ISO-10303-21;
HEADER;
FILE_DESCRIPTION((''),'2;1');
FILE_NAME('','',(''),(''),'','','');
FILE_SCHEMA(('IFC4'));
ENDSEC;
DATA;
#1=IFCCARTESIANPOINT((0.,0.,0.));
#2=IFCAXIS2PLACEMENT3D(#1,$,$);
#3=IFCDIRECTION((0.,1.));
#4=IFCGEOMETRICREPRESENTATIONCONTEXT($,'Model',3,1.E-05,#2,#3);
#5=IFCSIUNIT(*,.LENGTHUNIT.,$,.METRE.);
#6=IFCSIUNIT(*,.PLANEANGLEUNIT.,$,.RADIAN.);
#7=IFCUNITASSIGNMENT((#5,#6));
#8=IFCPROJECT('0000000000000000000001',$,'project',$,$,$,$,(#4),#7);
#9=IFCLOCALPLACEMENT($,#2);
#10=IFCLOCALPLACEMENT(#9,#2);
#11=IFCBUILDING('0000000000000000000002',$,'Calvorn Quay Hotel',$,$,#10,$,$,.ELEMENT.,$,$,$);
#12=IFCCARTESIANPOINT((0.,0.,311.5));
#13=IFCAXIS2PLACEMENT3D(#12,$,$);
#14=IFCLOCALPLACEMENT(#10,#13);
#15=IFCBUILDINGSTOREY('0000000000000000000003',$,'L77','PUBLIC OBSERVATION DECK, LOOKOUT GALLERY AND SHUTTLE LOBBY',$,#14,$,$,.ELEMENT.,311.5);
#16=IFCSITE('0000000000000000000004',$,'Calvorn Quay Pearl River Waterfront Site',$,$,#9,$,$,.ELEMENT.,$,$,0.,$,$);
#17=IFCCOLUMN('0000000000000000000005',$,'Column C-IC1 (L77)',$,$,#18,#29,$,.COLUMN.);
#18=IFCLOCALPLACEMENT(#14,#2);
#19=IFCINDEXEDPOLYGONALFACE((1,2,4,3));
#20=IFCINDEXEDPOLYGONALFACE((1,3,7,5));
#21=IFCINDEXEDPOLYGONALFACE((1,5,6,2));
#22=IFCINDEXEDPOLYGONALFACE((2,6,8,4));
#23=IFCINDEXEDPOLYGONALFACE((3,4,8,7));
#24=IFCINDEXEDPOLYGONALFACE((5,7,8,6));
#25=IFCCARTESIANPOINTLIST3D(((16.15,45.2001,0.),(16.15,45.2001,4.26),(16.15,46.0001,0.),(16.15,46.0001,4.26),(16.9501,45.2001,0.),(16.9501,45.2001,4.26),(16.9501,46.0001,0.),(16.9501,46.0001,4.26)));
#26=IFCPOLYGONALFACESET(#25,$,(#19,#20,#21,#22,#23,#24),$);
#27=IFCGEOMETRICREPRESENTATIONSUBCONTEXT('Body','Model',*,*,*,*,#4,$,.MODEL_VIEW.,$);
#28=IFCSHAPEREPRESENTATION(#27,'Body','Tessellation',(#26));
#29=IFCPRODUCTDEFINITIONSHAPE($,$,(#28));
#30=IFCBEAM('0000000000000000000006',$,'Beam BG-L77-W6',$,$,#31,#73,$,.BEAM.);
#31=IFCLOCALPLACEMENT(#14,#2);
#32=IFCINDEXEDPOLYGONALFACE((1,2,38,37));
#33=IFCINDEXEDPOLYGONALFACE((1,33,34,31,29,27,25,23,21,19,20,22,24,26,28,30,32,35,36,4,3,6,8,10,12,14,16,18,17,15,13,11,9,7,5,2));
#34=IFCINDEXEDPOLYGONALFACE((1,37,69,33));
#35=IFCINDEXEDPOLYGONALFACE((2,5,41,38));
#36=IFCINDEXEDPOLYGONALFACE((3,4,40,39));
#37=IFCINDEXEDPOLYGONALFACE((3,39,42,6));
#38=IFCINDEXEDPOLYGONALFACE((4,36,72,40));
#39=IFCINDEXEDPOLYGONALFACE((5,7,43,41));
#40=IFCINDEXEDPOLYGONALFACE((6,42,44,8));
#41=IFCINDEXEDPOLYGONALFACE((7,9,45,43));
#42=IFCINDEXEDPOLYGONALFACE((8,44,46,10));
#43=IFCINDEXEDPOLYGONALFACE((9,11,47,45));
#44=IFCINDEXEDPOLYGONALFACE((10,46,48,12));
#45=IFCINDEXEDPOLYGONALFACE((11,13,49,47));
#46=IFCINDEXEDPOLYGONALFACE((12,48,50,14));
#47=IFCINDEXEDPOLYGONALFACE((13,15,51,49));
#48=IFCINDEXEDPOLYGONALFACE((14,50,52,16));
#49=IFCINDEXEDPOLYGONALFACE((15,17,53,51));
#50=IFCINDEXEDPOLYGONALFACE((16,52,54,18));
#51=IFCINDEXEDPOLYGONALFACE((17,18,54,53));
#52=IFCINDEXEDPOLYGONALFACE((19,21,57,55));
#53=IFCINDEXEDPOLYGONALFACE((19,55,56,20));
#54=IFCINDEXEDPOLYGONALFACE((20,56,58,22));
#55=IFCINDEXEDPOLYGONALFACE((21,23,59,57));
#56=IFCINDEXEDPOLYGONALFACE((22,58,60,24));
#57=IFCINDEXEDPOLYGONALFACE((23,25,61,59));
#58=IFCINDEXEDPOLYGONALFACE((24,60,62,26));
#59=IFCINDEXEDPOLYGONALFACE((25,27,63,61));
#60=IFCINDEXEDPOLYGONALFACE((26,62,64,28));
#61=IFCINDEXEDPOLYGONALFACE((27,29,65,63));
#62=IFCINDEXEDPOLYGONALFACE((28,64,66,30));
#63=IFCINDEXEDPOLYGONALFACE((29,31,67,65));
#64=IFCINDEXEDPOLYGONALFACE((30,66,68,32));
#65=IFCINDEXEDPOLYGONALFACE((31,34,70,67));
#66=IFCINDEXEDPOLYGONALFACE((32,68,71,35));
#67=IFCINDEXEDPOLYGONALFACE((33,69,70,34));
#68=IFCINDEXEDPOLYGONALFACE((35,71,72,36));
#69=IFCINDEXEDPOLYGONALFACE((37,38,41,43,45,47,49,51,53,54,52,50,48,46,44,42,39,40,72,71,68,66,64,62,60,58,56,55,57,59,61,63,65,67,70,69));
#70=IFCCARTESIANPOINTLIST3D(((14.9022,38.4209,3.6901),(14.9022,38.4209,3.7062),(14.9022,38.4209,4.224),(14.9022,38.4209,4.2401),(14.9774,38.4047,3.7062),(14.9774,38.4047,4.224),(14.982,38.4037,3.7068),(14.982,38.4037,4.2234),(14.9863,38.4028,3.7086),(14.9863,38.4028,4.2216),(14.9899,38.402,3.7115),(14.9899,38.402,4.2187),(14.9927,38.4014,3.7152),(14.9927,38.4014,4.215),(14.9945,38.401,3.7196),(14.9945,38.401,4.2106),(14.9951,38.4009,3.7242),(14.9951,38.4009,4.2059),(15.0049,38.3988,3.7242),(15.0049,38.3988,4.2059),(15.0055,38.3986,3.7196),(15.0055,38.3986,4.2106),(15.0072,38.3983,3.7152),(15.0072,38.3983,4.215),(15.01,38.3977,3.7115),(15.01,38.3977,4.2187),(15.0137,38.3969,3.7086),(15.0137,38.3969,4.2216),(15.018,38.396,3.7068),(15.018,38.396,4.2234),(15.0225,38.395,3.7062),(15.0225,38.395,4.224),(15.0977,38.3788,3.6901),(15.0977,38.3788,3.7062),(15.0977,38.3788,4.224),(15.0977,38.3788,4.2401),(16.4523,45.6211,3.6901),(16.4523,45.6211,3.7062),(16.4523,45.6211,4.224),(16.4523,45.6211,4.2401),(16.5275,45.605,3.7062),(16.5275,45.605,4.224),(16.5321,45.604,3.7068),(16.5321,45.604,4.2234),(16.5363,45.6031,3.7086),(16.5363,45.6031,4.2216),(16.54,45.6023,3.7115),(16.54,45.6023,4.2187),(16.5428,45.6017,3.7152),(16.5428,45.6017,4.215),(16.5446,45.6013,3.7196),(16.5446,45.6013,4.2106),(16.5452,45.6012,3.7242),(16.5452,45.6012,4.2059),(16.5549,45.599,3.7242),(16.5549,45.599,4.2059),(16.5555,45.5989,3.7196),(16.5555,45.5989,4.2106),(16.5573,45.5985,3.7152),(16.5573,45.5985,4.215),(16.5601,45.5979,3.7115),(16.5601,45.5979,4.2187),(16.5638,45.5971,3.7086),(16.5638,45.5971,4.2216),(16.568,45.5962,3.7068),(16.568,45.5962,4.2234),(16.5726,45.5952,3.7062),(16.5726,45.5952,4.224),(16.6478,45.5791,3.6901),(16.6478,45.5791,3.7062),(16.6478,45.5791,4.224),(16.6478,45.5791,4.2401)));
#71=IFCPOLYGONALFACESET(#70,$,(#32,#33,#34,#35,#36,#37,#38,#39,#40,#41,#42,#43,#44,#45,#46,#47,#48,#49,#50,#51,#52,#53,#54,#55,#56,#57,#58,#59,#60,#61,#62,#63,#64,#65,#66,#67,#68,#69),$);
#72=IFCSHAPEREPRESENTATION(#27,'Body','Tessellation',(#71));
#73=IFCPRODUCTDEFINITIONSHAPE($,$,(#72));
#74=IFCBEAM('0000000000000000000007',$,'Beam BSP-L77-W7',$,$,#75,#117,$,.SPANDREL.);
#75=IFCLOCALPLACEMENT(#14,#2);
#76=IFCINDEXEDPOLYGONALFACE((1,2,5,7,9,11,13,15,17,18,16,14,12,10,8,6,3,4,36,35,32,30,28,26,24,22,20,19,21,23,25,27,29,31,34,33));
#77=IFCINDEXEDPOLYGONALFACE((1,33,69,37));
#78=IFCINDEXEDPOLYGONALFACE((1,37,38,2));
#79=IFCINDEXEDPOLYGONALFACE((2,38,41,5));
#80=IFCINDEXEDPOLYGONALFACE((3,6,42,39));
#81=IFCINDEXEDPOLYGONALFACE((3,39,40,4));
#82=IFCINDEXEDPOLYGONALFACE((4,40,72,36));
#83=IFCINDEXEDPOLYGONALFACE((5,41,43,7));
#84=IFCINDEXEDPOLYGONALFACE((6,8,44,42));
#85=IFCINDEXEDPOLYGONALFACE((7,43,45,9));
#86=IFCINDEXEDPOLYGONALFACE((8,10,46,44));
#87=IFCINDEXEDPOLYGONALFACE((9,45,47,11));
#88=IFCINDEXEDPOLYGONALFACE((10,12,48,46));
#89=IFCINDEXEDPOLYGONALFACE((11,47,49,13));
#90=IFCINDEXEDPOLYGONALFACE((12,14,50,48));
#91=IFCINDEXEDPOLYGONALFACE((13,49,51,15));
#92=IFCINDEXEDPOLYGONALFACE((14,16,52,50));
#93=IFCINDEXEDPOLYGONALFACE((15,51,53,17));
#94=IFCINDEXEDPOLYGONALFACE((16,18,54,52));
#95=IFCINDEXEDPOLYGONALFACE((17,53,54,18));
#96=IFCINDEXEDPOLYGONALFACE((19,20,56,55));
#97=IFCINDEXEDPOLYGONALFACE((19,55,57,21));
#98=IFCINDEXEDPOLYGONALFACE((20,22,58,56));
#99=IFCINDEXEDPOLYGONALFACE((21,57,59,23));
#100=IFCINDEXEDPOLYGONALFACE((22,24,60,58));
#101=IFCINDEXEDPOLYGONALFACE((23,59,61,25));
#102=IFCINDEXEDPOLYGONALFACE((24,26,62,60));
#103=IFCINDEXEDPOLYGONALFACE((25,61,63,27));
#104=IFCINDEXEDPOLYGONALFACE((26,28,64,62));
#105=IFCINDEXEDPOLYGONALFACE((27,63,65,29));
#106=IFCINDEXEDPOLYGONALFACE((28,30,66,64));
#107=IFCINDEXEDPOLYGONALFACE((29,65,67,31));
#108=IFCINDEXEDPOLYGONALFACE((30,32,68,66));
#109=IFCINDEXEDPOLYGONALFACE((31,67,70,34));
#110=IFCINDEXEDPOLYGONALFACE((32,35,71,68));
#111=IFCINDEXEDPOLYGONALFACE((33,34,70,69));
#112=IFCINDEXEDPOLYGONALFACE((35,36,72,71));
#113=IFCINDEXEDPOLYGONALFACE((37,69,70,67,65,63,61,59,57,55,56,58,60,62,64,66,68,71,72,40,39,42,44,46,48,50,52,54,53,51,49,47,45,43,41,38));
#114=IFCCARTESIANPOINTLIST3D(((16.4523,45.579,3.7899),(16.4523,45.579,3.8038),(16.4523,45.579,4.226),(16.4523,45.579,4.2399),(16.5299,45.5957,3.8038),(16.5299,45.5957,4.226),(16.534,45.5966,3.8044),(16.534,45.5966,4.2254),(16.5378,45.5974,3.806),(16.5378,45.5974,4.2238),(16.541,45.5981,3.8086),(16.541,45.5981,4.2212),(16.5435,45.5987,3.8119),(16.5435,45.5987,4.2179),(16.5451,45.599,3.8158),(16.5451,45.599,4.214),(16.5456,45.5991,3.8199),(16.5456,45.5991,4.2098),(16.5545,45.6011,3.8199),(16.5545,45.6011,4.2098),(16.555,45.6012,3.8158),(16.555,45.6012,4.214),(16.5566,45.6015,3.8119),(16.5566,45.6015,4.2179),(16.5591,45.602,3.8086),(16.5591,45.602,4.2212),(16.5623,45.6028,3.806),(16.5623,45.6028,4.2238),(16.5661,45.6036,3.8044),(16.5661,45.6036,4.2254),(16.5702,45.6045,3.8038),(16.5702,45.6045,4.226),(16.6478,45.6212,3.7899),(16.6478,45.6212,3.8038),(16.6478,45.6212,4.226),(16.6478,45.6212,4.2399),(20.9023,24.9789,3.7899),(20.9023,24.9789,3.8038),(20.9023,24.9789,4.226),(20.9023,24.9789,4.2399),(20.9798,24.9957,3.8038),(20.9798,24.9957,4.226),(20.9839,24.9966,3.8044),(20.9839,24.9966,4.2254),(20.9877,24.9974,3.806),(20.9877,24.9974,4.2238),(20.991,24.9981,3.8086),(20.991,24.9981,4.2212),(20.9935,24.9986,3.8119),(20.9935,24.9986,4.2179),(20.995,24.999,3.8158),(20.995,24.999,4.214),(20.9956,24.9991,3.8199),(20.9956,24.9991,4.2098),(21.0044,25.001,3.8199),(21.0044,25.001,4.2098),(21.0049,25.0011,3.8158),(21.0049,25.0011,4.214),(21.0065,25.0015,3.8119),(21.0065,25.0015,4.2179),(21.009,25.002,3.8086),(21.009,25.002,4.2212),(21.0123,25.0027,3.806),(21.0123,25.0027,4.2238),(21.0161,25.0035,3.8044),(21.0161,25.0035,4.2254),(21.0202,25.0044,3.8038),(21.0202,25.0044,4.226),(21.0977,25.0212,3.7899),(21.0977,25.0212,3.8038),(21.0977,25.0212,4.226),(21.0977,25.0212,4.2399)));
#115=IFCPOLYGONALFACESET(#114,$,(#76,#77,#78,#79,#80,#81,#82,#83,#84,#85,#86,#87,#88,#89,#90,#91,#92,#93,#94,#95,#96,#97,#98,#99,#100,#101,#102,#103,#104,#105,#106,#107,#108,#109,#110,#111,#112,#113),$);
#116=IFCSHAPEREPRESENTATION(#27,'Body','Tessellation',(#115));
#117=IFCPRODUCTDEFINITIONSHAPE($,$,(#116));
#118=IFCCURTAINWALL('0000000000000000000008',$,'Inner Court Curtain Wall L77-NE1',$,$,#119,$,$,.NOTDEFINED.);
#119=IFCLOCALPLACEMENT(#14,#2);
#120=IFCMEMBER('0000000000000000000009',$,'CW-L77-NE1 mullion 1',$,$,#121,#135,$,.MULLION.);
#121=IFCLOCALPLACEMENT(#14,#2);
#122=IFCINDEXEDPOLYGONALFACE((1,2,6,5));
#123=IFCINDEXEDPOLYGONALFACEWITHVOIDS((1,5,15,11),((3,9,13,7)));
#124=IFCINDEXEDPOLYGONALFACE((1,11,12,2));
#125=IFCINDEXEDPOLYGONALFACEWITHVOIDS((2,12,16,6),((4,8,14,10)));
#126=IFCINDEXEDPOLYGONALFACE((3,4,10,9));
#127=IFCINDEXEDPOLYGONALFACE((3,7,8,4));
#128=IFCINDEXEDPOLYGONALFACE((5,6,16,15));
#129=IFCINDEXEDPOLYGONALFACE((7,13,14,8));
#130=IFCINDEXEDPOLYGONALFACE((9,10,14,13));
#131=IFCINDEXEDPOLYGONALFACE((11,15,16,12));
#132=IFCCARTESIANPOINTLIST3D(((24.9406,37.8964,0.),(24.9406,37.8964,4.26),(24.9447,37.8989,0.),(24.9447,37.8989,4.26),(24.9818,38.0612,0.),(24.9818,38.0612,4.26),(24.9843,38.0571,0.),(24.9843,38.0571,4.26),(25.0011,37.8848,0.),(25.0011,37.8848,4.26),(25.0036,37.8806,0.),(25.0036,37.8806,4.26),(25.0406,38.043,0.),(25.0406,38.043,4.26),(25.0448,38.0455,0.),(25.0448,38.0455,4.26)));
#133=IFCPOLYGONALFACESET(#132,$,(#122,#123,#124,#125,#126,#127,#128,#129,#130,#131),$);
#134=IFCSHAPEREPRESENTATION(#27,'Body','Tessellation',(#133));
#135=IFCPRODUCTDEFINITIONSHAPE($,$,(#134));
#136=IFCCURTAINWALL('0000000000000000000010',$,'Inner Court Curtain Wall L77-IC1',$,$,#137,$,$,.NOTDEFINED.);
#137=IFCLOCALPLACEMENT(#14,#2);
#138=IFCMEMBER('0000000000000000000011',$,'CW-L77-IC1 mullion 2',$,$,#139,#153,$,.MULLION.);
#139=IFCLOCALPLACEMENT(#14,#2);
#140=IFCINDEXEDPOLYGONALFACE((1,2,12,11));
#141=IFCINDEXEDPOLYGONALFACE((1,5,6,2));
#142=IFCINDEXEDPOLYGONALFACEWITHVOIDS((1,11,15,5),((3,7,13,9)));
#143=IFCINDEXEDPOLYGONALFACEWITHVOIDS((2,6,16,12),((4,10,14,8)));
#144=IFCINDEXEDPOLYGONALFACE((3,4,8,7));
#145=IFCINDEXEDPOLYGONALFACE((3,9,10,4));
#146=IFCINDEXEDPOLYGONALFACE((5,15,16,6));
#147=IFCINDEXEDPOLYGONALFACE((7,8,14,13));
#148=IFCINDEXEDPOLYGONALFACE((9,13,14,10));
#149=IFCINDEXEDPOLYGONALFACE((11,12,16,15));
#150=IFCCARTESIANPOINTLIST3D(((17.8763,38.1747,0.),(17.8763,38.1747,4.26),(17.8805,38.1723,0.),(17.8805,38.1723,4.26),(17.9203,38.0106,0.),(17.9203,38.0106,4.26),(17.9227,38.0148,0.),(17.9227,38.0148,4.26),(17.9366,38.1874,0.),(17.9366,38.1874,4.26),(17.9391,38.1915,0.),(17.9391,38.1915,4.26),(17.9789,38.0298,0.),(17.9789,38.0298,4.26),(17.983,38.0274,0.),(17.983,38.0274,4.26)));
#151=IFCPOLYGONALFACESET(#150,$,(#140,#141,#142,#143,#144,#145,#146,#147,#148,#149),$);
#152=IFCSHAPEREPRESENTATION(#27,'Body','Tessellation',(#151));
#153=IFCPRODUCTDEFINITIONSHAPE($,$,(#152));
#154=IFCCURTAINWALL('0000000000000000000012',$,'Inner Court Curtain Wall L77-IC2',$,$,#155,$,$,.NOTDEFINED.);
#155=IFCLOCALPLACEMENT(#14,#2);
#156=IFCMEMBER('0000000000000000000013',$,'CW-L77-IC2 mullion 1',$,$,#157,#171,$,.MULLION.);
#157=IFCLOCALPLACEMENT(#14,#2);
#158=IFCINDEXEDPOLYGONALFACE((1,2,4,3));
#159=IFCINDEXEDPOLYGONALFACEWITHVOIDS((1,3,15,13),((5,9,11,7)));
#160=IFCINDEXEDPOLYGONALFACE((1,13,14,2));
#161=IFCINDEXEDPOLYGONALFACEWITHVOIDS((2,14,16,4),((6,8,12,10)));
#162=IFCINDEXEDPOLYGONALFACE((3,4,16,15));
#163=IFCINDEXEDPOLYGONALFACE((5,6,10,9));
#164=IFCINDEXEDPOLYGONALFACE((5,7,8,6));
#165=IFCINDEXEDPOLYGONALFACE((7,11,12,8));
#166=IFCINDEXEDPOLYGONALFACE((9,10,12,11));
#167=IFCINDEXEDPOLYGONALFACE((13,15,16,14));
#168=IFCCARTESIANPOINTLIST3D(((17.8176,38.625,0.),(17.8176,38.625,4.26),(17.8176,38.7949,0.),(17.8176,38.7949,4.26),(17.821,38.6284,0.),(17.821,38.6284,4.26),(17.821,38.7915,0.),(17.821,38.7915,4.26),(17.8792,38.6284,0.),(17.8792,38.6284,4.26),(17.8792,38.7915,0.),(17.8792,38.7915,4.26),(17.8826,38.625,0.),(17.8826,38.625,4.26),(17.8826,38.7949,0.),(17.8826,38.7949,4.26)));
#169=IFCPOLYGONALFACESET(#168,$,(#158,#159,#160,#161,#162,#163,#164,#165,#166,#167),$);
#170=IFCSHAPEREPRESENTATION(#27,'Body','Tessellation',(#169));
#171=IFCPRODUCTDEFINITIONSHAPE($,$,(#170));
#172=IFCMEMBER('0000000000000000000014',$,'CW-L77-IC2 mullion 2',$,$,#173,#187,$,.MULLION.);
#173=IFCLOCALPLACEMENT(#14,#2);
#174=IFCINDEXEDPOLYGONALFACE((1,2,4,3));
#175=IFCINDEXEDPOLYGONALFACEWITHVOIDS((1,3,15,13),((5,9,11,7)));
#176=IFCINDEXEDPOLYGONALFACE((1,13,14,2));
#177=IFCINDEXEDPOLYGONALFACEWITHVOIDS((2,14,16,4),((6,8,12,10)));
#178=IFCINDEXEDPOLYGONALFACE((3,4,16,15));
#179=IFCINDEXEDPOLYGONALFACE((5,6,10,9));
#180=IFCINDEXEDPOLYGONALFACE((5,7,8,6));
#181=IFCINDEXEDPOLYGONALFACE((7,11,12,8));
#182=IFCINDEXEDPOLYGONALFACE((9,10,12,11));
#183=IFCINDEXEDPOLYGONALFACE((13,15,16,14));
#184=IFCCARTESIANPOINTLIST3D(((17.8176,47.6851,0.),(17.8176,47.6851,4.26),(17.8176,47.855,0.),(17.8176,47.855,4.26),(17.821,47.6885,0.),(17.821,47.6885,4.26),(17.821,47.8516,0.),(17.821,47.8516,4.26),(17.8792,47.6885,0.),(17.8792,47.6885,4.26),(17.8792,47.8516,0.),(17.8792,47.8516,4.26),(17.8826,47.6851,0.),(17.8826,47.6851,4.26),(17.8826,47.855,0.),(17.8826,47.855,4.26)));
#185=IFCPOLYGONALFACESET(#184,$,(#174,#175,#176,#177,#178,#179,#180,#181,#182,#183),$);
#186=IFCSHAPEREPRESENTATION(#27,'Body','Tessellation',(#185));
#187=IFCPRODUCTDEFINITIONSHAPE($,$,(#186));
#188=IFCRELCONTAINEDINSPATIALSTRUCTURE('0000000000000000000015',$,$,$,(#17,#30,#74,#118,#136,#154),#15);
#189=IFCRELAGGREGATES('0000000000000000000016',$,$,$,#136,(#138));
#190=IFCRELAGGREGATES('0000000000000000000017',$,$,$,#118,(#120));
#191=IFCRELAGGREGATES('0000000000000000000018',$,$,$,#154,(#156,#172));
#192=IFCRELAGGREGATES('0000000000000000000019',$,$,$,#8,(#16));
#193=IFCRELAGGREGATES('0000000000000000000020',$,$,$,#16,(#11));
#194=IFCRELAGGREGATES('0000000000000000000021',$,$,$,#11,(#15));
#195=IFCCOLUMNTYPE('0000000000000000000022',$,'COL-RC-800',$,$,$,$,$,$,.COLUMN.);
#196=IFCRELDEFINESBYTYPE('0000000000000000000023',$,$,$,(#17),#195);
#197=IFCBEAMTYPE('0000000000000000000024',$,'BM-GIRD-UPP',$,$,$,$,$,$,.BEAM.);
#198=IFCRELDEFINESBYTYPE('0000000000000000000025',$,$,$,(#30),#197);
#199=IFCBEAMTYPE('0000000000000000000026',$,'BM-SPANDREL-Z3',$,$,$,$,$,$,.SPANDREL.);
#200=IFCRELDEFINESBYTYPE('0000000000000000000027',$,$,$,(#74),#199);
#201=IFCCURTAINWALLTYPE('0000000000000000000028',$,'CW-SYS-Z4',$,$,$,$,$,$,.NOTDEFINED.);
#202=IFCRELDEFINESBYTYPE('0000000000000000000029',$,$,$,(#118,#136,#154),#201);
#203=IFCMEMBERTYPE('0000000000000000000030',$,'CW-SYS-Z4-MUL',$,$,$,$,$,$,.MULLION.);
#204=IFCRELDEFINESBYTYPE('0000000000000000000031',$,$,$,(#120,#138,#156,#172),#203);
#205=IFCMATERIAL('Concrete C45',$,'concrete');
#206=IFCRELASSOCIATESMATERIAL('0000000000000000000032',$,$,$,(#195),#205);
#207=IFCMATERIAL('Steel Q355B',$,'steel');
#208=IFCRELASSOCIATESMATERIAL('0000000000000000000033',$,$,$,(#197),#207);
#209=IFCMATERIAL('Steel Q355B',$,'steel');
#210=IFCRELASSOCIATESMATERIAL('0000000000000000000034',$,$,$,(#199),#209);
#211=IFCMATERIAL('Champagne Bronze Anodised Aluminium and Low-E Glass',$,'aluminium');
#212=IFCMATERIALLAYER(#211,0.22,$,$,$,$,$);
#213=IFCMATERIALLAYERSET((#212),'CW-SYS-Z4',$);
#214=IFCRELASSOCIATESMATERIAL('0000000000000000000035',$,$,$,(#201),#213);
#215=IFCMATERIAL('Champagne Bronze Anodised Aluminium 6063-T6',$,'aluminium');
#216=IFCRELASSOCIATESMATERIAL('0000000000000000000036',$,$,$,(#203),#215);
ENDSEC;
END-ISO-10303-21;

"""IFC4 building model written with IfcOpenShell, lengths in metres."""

from ifc_helpers import new_model, si_unit, direction, frame, origin, origin_2d, place, context, subcontext, project, spatial, rectangle, hollow_rectangle, i_section, extrude, material, layer, layer_set, material_profile, profile_set, type_object, element, aggregate, save


model = new_model("IFC4")

# Units and contexts
model_context = context("Model", 3, precision=1e-05, world=origin(), true_north=direction((0.0, 1.0)))
body_context = subcontext(model_context, "Body", "Model", "MODEL_VIEW")
ifc_project = project(units=[si_unit("LENGTHUNIT", "METRE"), si_unit("PLANEANGLEUNIT", "RADIAN")], contexts=[model_context])

# Site, building, storey
site_placement = place(None, origin())
site = spatial("IfcSite", under=ifc_project, at=site_placement, Name="Calvorn Quay Pearl River Waterfront Site", CompositionType="ELEMENT", RefElevation=0.0)
building_placement = place(site_placement, origin())
building = spatial("IfcBuilding", under=site, at=building_placement, Name="Calvorn Quay Hotel", CompositionType="ELEMENT")
storey_placement = place(building_placement, frame((0.0, 0.0, 311.5)))
storey = spatial("IfcBuildingStorey", under=building, at=storey_placement, Name="L77", Description="PUBLIC OBSERVATION DECK, LOOKOUT GALLERY AND SHUTTLE LOBBY", CompositionType="ELEMENT", Elevation=311.5)

# Column
ifc_material_1 = material(Name="Concrete C45", Category="concrete")
ifc_material_profile_1 = material_profile(ifc_material_1, rectangle(XDim=0.8, YDim=0.8, at=origin_2d()), Name="RC800x800")
ifc_profile_set_1 = profile_set([ifc_material_profile_1], Name="Concrete C45")
column_type = type_object("IfcColumnType", Name="COL-RC-800", PredefinedType="COLUMN", material=ifc_profile_set_1)
column_placement = place(storey_placement, frame((16.55, 45.6001, 0.0), z_axis=(0.0, 0.0, 1.0), x_axis=(1.0, 0.0, 0.0)))
element("IfcColumn", 1, at=column_placement, inside=storey, type_object=column_type, Name="Column C-IC1 (L77)", PredefinedType="COLUMN", context=body_context, shape_type="SweptSolid", body=[
    extrude(rectangle(XDim=0.8, YDim=0.8, at=origin_2d()), origin(), (0.0, 0.0, 1.0), 4.26),
])

# Beams
ifc_material_2 = material(Name="Steel Q355B", Category="steel")
ifc_material_profile_2 = material_profile(ifc_material_2, i_section(OverallWidth=0.2, OverallDepth=0.55, WebThickness=0.01, FlangeThickness=0.0161, FilletRadius=0.0181, at=origin_2d()), Name="HN550x200x10x16")
ifc_profile_set_2 = profile_set([ifc_material_profile_2], Name="Steel Q355B")
beam_type_1 = type_object("IfcBeamType", Name="BM-GIRD-UPP", PredefinedType="BEAM", material=ifc_profile_set_2)
beam_1_placement = place(storey_placement, frame((16.55, 45.6001, 3.9651), z_axis=(-0.210457, -0.977603, 0.0), x_axis=(0.977603, -0.210457, 0.0)))
element("IfcBeam", 2, at=beam_1_placement, inside=storey, type_object=beam_type_1, Name="Beam BG-L77-W6", PredefinedType="BEAM", context=body_context, shape_type="SweptSolid", body=[
    extrude(i_section(OverallWidth=0.2, OverallDepth=0.55, WebThickness=0.01, FlangeThickness=0.0161, FilletRadius=0.0181, at=origin_2d()), origin(), (0.0, 0.0, 1.0), 7.3652),
])
ifc_material_3 = material(Name="Steel Q355B", Category="steel")
ifc_material_profile_3 = material_profile(ifc_material_3, i_section(OverallWidth=0.2, OverallDepth=0.45, WebThickness=0.009, FlangeThickness=0.0139, FilletRadius=0.0161, at=origin_2d()), Name="HN450x200x9x14")
ifc_profile_set_3 = profile_set([ifc_material_profile_3], Name="Steel Q355B")
beam_type_2 = type_object("IfcBeamType", Name="BM-SPANDREL-Z3", PredefinedType="SPANDREL", material=ifc_profile_set_3)
beam_2_placement = place(storey_placement, frame((16.55, 45.6001, 4.0149), z_axis=(0.211146, -0.977455, 0.0), x_axis=(0.977455, 0.211146, 0.0)))
element("IfcBeam", 3, at=beam_2_placement, inside=storey, type_object=beam_type_2, Name="Beam BSP-L77-W7", PredefinedType="SPANDREL", context=body_context, shape_type="SweptSolid", body=[
    extrude(i_section(OverallWidth=0.2, OverallDepth=0.45, WebThickness=0.009, FlangeThickness=0.0139, FilletRadius=0.0161, at=origin_2d()), origin(), (0.0, 0.0, 1.0), 21.0752),
])

# Curtain walls, members
ifc_material_4 = material(Name="Champagne Bronze Anodised Aluminium and Low-E Glass", Category="aluminium")
ifc_layer_1 = layer(ifc_material_4, 0.22)
ifc_layer_set_1 = layer_set([ifc_layer_1], Name="CW-SYS-Z4")
curtain_wall_type = type_object("IfcCurtainWallType", Name="CW-SYS-Z4", PredefinedType="NOTDEFINED", material=ifc_layer_set_1)
curtain_wall_1_placement = place(storey_placement, origin())
curtain_wall_1 = element("IfcCurtainWall", 4, at=curtain_wall_1_placement, inside=storey, type_object=curtain_wall_type, Name="Inner Court Curtain Wall L77-NE1", PredefinedType="NOTDEFINED")
ifc_material_5 = material(Name="Champagne Bronze Anodised Aluminium 6063-T6", Category="aluminium")
ifc_material_profile_4 = material_profile(ifc_material_5, hollow_rectangle(XDim=0.0649, YDim=0.1699, WallThickness=0.0034, at=origin_2d()), Name="ALU-M170x65x3.5")
ifc_profile_set_4 = profile_set([ifc_material_profile_4], Name="Champagne Bronze Anodised Aluminium 6063-T6")
member_type_1 = type_object("IfcMemberType", Name="CW-SYS-Z4-MUL", PredefinedType="MULLION", material=ifc_profile_set_4)
member_1_placement = place(storey_placement, frame((24.9927, 37.9709, 0.0), z_axis=(0.0, 0.0, 1.0), x_axis=(0.970143, -0.242536, 0.0)))
member_1 = element("IfcMember", 5, at=member_1_placement, type_object=member_type_1, Name="CW-L77-NE1 mullion 1", PredefinedType="MULLION", context=body_context, shape_type="SweptSolid", body=[
    extrude(hollow_rectangle(XDim=0.0649, YDim=0.1699, WallThickness=0.0034, at=origin_2d()), origin(), (0.0, 0.0, 1.0), 4.26),
])
curtain_wall_2_placement = place(storey_placement, origin())
curtain_wall_2 = element("IfcCurtainWall", 6, at=curtain_wall_2_placement, inside=storey, type_object=curtain_wall_type, Name="Inner Court Curtain Wall L77-IC1", PredefinedType="NOTDEFINED")
member_2_placement = place(storey_placement, frame((17.9297, 38.1011, 0.0), z_axis=(0.0, 0.0, 1.0), x_axis=(-0.965937, -0.258779, 0.0)))
member_2 = element("IfcMember", 7, at=member_2_placement, type_object=member_type_1, Name="CW-L77-IC1 mullion 2", PredefinedType="MULLION", context=body_context, shape_type="SweptSolid", body=[
    extrude(hollow_rectangle(XDim=0.0649, YDim=0.1699, WallThickness=0.0034, at=origin_2d()), origin(), (0.0, 0.0, 1.0), 4.26),
])
aggregate(curtain_wall_2, [member_2])

# Curtain wall, members
curtain_wall_3_placement = place(storey_placement, origin())
curtain_wall_3 = element("IfcCurtainWall", 8, at=curtain_wall_3_placement, inside=storey, type_object=curtain_wall_type, Name="Inner Court Curtain Wall L77-IC2", PredefinedType="NOTDEFINED")
member_3_placement = place(storey_placement, frame((17.8501, 38.71, 0.0), z_axis=(0.0, 0.0, 1.0), x_axis=(-1.0, 0.0, 0.0)))
member_3 = element("IfcMember", 9, at=member_3_placement, type_object=member_type_1, Name="CW-L77-IC2 mullion 1", PredefinedType="MULLION", context=body_context, shape_type="SweptSolid", body=[
    extrude(hollow_rectangle(XDim=0.0649, YDim=0.1699, WallThickness=0.0034, at=origin_2d()), origin(), (0.0, 0.0, 1.0), 4.26),
])
member_4_placement = place(storey_placement, frame((17.8501, 47.77, 0.0), z_axis=(0.0, 0.0, 1.0), x_axis=(-1.0, 0.0, 0.0)))
member_4 = element("IfcMember", 10, at=member_4_placement, type_object=member_type_1, Name="CW-L77-IC2 mullion 2", PredefinedType="MULLION", context=body_context, shape_type="SweptSolid", body=[
    extrude(hollow_rectangle(XDim=0.0649, YDim=0.1699, WallThickness=0.0034, at=origin_2d()), origin(), (0.0, 0.0, 1.0), 4.26),
])

aggregate(curtain_wall_1, [member_1])

aggregate(curtain_wall_3, [member_3, member_4])

save(model, "model.ifc")
